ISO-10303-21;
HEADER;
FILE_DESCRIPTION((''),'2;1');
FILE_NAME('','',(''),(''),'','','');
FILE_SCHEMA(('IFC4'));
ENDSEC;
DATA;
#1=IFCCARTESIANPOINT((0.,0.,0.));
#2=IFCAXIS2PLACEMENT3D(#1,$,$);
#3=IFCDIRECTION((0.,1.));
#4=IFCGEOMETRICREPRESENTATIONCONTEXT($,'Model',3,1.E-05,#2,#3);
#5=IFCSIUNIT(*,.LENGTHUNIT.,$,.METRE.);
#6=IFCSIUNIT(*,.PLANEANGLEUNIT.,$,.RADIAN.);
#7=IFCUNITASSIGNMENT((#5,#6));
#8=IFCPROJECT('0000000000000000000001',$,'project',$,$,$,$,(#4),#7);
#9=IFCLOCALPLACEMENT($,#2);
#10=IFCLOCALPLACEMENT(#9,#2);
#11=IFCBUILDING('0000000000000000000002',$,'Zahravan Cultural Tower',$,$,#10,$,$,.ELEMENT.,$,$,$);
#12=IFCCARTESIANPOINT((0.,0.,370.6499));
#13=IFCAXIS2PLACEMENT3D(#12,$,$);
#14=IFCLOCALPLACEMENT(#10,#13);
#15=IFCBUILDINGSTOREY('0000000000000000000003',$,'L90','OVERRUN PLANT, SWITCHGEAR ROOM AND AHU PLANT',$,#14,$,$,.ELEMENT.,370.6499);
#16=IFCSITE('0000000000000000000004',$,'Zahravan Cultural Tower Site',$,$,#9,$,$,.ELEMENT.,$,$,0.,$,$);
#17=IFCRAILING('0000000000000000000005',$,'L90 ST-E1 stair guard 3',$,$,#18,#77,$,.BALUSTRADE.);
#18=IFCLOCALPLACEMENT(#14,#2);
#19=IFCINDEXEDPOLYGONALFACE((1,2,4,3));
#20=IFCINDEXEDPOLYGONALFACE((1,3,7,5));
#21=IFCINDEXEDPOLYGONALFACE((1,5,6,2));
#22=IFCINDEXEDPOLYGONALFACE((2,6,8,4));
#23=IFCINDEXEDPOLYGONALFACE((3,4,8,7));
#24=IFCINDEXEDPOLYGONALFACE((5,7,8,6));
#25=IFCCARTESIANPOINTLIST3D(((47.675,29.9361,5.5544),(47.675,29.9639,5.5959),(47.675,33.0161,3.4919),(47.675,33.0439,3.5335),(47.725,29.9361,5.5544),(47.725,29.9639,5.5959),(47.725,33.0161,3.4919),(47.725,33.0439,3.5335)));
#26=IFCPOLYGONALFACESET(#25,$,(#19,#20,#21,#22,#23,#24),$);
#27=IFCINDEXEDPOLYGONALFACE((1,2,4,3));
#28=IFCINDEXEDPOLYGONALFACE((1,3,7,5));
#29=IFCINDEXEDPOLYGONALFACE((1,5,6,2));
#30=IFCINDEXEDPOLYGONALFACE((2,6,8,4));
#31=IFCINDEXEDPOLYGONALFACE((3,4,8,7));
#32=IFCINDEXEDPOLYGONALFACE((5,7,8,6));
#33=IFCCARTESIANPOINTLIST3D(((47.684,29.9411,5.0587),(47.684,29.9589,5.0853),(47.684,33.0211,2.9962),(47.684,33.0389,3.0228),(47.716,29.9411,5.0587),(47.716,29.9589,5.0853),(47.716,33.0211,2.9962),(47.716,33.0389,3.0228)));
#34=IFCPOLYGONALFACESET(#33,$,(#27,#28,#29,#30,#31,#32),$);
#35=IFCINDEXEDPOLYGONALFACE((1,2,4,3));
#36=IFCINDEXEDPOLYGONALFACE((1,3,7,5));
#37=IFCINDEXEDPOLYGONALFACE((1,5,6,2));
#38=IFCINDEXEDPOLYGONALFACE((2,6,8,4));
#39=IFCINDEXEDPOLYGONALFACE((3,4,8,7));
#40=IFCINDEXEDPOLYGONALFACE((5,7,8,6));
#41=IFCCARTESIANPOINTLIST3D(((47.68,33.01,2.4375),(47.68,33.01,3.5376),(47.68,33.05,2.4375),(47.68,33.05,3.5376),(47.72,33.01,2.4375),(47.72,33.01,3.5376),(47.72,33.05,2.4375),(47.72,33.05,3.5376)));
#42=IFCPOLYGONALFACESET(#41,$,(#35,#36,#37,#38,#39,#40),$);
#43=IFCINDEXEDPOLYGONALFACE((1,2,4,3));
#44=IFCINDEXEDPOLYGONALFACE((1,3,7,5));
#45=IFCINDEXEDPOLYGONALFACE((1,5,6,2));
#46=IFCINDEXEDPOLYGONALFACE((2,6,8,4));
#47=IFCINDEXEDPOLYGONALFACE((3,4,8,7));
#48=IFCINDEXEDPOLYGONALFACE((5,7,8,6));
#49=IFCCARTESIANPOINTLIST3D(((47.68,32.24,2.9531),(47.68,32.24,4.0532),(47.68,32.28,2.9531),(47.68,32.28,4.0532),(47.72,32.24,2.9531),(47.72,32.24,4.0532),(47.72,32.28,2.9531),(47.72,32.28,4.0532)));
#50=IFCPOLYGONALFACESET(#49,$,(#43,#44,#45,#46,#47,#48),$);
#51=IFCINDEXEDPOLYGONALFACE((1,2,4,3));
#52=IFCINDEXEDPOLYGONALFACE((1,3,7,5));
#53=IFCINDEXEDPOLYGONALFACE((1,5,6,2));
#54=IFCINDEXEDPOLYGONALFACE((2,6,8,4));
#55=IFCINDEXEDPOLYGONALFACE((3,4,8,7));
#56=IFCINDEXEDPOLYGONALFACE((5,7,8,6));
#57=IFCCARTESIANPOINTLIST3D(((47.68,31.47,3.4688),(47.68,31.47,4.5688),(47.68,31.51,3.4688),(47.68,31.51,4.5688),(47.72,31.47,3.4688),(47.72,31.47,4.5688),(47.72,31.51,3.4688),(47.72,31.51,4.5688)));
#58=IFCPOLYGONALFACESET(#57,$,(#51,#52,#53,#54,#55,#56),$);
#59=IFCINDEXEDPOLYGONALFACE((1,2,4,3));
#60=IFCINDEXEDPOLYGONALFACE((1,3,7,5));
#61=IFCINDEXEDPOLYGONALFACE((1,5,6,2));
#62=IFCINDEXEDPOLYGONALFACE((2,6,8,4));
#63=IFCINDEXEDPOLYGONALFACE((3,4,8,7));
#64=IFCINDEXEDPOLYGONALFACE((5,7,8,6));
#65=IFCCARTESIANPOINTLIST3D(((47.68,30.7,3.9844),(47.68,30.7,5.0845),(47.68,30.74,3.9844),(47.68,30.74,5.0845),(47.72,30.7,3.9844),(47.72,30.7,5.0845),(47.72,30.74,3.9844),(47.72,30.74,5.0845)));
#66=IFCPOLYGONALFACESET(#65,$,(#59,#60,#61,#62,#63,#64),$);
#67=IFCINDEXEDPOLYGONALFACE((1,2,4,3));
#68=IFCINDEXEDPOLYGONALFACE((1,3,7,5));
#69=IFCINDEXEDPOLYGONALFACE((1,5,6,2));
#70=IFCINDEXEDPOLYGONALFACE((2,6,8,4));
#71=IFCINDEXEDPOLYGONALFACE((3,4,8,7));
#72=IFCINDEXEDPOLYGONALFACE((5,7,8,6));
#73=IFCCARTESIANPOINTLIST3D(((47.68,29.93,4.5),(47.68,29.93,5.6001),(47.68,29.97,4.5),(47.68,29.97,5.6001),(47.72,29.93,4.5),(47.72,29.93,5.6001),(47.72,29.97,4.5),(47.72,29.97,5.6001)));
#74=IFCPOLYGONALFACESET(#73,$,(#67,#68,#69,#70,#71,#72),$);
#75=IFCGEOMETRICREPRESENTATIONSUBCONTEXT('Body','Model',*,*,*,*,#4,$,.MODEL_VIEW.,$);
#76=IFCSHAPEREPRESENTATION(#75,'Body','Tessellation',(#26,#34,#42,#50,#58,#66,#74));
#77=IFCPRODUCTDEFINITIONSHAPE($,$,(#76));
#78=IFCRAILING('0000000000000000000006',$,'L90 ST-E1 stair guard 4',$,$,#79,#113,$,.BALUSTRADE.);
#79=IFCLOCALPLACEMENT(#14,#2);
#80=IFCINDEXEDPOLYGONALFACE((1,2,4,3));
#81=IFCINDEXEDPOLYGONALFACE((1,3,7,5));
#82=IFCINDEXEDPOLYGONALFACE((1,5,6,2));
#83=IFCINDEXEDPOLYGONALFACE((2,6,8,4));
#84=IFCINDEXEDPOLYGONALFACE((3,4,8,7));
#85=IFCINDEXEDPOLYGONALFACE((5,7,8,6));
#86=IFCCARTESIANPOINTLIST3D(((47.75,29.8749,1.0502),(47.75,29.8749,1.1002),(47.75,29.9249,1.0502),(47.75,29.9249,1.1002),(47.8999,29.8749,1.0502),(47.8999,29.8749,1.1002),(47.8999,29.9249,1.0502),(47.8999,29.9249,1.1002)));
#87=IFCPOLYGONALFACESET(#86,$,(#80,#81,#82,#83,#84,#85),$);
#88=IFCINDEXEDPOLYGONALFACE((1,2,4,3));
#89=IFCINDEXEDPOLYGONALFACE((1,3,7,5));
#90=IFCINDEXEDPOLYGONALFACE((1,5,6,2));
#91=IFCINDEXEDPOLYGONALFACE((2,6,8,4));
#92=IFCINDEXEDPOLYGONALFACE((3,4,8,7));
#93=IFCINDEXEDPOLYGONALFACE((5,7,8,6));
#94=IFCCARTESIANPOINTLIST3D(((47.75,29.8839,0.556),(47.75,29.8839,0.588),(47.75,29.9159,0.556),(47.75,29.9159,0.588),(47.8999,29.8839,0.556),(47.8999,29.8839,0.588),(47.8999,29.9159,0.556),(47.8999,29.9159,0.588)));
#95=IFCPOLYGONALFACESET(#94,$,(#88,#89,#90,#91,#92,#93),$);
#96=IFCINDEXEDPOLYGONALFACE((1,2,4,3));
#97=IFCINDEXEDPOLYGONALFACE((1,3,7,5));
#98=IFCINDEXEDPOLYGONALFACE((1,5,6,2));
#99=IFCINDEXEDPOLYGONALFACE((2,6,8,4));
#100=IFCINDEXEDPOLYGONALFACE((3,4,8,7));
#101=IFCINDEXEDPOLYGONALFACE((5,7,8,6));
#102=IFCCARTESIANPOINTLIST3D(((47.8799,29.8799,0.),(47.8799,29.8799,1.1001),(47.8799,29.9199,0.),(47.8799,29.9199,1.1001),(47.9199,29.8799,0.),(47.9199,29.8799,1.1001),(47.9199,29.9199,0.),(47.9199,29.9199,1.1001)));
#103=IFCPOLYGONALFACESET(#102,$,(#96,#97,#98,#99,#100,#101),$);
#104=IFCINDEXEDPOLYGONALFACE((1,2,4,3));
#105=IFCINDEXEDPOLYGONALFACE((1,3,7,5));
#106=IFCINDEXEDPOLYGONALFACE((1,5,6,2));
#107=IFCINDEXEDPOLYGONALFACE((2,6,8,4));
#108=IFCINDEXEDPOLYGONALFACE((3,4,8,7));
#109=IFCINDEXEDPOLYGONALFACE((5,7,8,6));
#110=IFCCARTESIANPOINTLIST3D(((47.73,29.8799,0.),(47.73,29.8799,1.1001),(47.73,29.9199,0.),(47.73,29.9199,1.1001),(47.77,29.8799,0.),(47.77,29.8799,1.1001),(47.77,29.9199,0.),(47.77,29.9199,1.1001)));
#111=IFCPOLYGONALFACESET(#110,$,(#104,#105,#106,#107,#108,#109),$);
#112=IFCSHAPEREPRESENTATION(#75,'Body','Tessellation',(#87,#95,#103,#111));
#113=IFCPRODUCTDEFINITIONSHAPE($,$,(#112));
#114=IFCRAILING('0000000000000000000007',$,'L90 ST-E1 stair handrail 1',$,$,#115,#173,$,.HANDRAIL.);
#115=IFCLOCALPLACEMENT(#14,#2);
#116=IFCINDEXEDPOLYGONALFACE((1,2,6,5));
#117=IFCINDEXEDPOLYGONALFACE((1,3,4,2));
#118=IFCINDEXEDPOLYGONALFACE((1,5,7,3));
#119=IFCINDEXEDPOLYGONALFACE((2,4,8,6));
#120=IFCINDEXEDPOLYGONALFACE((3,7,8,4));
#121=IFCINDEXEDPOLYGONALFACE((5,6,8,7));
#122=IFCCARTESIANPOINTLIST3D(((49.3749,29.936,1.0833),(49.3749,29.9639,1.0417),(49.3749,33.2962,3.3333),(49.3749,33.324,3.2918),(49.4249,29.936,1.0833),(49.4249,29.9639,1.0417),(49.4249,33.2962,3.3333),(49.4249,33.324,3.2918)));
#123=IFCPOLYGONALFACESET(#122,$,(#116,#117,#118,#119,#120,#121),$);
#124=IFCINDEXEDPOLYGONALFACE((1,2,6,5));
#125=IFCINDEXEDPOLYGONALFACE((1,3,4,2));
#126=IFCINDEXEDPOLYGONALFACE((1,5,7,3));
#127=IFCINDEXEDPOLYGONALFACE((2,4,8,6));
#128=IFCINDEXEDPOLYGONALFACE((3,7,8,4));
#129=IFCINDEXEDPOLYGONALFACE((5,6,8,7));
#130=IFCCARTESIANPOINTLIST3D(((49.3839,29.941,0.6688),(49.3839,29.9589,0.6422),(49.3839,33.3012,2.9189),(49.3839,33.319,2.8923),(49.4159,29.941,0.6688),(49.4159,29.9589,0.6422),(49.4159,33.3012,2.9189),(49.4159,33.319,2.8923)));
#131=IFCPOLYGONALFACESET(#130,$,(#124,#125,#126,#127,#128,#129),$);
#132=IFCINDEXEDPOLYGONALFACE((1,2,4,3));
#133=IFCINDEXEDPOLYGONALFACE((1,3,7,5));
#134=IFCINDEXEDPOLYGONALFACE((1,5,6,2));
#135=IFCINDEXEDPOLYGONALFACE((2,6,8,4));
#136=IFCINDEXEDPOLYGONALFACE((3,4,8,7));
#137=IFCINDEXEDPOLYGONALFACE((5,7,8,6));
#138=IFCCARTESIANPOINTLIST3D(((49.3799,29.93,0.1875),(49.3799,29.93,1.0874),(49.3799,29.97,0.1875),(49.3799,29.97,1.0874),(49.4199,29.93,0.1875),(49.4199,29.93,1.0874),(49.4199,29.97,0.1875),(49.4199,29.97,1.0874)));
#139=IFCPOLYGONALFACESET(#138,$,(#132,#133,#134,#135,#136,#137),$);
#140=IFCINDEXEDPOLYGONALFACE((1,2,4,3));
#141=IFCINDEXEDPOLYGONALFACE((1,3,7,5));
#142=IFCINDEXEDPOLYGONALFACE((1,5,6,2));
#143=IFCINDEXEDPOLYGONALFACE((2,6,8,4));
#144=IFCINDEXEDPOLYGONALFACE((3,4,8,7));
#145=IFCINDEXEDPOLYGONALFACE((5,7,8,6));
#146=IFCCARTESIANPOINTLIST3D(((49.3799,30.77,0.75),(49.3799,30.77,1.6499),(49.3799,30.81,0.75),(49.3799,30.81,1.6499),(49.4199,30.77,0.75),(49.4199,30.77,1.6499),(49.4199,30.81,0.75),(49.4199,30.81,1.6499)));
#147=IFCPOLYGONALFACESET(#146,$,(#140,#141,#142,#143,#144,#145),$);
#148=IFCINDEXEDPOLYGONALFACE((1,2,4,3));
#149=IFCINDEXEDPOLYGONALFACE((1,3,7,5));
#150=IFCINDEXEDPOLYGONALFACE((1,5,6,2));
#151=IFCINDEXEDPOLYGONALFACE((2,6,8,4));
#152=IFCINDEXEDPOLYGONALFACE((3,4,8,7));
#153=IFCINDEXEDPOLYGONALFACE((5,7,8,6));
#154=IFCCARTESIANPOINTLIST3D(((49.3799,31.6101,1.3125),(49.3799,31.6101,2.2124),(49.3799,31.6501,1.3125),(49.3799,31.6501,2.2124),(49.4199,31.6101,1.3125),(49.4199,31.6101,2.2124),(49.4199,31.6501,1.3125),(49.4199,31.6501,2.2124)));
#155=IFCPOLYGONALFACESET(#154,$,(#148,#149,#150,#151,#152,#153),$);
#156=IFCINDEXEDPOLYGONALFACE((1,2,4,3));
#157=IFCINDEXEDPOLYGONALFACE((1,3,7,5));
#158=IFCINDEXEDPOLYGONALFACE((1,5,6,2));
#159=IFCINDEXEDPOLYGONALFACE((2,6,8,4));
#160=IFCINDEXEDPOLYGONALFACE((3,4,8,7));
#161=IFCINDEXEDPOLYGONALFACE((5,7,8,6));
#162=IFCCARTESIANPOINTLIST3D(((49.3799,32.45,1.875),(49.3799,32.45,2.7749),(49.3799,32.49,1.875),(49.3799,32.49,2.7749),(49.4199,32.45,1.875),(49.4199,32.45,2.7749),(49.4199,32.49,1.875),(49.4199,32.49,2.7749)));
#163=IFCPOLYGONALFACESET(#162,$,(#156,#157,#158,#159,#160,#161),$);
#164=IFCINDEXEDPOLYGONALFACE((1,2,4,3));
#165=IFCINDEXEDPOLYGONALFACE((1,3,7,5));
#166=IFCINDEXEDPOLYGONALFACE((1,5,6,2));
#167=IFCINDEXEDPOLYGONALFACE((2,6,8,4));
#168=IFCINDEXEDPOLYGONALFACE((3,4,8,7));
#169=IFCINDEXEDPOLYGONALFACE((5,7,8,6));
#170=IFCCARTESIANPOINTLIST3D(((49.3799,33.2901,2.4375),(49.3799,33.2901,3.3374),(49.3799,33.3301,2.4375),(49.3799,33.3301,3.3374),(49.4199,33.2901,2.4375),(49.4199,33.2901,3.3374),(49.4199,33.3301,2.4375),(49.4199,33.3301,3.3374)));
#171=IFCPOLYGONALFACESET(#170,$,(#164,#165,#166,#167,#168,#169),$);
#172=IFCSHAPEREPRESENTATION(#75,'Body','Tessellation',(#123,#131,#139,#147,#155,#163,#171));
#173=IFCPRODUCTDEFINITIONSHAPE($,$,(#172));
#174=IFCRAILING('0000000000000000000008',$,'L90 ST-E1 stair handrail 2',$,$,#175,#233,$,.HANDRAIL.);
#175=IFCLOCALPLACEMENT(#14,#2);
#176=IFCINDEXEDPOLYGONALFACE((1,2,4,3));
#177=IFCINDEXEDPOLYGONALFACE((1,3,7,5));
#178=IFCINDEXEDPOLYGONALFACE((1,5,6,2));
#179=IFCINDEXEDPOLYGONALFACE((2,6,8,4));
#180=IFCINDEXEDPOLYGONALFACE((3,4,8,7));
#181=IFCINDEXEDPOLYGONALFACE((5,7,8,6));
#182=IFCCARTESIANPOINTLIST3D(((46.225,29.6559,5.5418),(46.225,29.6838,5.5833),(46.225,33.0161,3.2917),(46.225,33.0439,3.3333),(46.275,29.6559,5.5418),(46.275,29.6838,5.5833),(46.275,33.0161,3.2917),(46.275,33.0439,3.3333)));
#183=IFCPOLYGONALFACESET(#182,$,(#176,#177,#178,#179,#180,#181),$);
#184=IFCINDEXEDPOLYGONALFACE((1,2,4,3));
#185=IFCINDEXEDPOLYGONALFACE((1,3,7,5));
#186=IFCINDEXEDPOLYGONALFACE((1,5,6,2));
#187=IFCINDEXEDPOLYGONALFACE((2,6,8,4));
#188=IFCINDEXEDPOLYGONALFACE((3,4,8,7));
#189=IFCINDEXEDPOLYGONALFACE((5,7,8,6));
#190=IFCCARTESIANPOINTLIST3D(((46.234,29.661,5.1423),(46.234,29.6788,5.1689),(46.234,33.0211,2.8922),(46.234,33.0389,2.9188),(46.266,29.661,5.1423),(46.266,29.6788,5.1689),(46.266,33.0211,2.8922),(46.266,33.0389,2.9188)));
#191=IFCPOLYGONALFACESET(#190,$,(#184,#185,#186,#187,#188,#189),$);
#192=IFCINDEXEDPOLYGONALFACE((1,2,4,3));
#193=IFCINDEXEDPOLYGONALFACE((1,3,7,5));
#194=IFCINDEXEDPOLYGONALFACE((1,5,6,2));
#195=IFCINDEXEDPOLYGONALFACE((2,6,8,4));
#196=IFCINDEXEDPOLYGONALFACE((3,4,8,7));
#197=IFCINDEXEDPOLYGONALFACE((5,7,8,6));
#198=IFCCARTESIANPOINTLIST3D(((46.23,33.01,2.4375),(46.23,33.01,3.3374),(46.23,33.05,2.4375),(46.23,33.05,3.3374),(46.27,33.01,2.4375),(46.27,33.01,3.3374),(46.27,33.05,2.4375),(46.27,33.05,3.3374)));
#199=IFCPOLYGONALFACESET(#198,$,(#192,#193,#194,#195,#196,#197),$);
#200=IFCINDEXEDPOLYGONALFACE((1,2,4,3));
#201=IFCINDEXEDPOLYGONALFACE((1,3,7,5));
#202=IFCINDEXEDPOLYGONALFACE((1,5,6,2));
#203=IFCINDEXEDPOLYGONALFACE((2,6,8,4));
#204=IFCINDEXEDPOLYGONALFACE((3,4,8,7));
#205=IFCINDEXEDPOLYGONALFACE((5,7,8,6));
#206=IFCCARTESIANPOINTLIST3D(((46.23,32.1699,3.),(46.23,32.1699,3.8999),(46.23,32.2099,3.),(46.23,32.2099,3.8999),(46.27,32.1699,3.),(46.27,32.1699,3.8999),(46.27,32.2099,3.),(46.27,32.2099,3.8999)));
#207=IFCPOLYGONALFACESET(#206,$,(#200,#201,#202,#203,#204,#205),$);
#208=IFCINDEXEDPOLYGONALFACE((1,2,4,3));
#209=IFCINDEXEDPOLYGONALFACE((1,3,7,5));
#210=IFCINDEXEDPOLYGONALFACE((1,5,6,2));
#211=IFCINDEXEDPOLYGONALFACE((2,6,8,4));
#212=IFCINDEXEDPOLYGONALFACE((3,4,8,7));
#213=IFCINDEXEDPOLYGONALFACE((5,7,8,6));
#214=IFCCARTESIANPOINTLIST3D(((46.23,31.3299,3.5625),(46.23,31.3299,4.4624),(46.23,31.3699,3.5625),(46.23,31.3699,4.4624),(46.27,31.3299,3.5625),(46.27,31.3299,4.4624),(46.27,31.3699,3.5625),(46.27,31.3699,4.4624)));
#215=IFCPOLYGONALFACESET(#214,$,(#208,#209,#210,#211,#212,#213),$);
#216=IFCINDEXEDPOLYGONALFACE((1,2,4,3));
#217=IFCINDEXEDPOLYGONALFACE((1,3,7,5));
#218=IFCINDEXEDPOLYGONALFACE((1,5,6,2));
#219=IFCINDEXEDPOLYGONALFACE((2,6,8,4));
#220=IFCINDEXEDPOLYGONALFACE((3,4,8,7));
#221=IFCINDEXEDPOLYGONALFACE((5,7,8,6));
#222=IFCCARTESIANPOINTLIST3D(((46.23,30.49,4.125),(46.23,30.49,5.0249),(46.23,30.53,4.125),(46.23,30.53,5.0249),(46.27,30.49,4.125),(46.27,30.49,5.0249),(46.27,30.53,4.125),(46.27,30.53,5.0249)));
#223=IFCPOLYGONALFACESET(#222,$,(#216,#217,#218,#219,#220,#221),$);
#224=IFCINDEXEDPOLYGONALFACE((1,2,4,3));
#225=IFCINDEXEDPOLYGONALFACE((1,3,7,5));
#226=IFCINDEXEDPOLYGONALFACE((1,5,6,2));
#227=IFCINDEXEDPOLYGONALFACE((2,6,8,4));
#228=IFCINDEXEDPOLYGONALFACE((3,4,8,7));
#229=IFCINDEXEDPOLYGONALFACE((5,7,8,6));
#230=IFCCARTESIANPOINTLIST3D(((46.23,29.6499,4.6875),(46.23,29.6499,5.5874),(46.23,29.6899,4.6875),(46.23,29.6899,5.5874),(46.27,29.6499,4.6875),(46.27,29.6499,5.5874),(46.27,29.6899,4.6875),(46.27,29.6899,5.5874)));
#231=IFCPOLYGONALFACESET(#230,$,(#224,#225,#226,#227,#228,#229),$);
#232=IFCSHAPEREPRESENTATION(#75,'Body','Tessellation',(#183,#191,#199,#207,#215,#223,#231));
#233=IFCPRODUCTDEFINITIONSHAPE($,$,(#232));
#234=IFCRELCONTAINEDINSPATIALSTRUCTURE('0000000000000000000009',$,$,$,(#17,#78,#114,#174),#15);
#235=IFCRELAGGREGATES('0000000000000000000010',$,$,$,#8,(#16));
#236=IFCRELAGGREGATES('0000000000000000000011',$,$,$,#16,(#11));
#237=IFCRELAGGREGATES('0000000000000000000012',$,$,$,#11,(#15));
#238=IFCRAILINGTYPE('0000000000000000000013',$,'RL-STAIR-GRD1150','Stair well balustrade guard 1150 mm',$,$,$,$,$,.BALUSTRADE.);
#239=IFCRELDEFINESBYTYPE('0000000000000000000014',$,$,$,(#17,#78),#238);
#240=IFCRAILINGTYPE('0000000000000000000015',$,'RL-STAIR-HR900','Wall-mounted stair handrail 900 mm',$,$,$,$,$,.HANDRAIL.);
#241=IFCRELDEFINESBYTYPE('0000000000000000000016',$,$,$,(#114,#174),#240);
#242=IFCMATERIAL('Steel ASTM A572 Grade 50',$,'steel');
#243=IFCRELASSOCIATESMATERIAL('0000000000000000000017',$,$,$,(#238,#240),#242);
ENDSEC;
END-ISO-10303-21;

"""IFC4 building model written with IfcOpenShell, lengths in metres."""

from ifc_helpers import new_model, si_unit, direction, frame, origin, origin_2d, place, context, subcontext, project, spatial, rectangle, extrude, material, type_object, element, save


model = new_model("IFC4")

# Units and contexts
model_context = context("Model", 3, precision=1e-05, world=origin(), true_north=direction((0.0, 1.0)))
body_context = subcontext(model_context, "Body", "Model", "MODEL_VIEW")
ifc_project = project(units=[si_unit("LENGTHUNIT", "METRE"), si_unit("PLANEANGLEUNIT", "RADIAN")], contexts=[model_context])

# Site, building, storey
site_placement = place(None, origin())
site = spatial("IfcSite", under=ifc_project, at=site_placement, Name="Zahravan Cultural Tower Site", CompositionType="ELEMENT", RefElevation=0.0)
building_placement = place(site_placement, origin())
building = spatial("IfcBuilding", under=site, at=building_placement, Name="Zahravan Cultural Tower", CompositionType="ELEMENT")
storey_placement = place(building_placement, frame((0.0, 0.0, 370.6499)))
storey = spatial("IfcBuildingStorey", under=building, at=storey_placement, Name="L90", Description="OVERRUN PLANT, SWITCHGEAR ROOM AND AHU PLANT", CompositionType="ELEMENT", Elevation=370.6499)

# Shared definitions
ifc_material_1 = material(Name="Steel ASTM A572 Grade 50", Category="steel")

# Railings
railing_type_1 = type_object("IfcRailingType", Name="RL-STAIR-GRD1150", Description="Stair well balustrade guard 1150 mm", PredefinedType="BALUSTRADE", material=ifc_material_1)
railing_1_placement = place(storey_placement, frame((47.7, 33.03, 2.4375)))
element("IfcRailing", 1, at=railing_1_placement, inside=storey, type_object=railing_type_1, Name="L90 ST-E1 stair guard 3", PredefinedType="BALUSTRADE", context=body_context, shape_type="SweptSolid", body=[
    extrude(rectangle(XDim=0.05, YDim=0.05, at=origin_2d()), frame((0.0, 0.0, 1.0752), z_axis=(0.0, -0.830914, 0.556401), x_axis=(1.0, 0.0, 0.0)), (0.0, 0.0, 1.0), 3.7068),
    extrude(rectangle(XDim=0.032, YDim=0.032, at=origin_2d()), frame((0.0, 0.0, 0.572), z_axis=(0.0, -0.830914, 0.556401), x_axis=(1.0, 0.0, 0.0)), (0.0, 0.0, 1.0), 3.7068),
    extrude(rectangle(XDim=0.04, YDim=0.04, at=origin_2d()), origin(), (0.0, 0.0, 1.0), 1.1001),
    extrude(rectangle(XDim=0.04, YDim=0.04, at=origin_2d()), frame((0.0, -0.77, 0.5156)), (0.0, 0.0, 1.0), 1.1001),
    extrude(rectangle(XDim=0.04, YDim=0.04, at=origin_2d()), frame((0.0, -1.54, 1.0312)), (0.0, 0.0, 1.0), 1.1001),
    extrude(rectangle(XDim=0.04, YDim=0.04, at=origin_2d()), frame((0.0, -2.3101, 1.5469)), (0.0, 0.0, 1.0), 1.1001),
    extrude(rectangle(XDim=0.04, YDim=0.04, at=origin_2d()), frame((0.0, -3.0801, 2.0625)), (0.0, 0.0, 1.0), 1.1001),
])
railing_2_placement = place(storey_placement, frame((47.8999, 29.8999, 0.0)))
element("IfcRailing", 2, at=railing_2_placement, inside=storey, type_object=railing_type_1, Name="L90 ST-E1 stair guard 4", PredefinedType="BALUSTRADE", context=body_context, shape_type="SweptSolid", body=[
    extrude(rectangle(XDim=0.05, YDim=0.05, at=origin_2d()), frame((0.0, 0.0, 1.0752), z_axis=(-1.0, 0.0, 0.0), x_axis=(0.0, -1.0, 0.0)), (0.0, 0.0, 1.0), 0.1499),
    extrude(rectangle(XDim=0.032, YDim=0.032, at=origin_2d()), frame((0.0, 0.0, 0.572), z_axis=(-1.0, 0.0, 0.0), x_axis=(0.0, -1.0, 0.0)), (0.0, 0.0, 1.0), 0.1499),
    extrude(rectangle(XDim=0.04, YDim=0.04, at=origin_2d()), origin(), (0.0, 0.0, 1.0), 1.1001),
    extrude(rectangle(XDim=0.04, YDim=0.04, at=origin_2d()), frame((-0.1499, 0.0, 0.0)), (0.0, 0.0, 1.0), 1.1001),
])
railing_type_2 = type_object("IfcRailingType", Name="RL-STAIR-HR900", Description="Wall-mounted stair handrail 900 mm", PredefinedType="HANDRAIL", material=ifc_material_1)
railing_3_placement = place(storey_placement, frame((49.3999, 29.95, 0.1875)))
element("IfcRailing", 3, at=railing_3_placement, inside=storey, type_object=railing_type_2, Name="L90 ST-E1 stair handrail 1", PredefinedType="HANDRAIL", context=body_context, shape_type="SweptSolid", body=[
    extrude(rectangle(XDim=0.05, YDim=0.05, at=origin_2d()), frame((0.0, 0.0, 0.875), z_axis=(0.0, 0.830915, 0.556399), x_axis=(-1.0, 0.0, 0.0)), (0.0, 0.0, 1.0), 4.0439),
    extrude(rectangle(XDim=0.032, YDim=0.032, at=origin_2d()), frame((0.0, 0.0, 0.468), z_axis=(0.0, 0.830915, 0.556399), x_axis=(-1.0, 0.0, 0.0)), (0.0, 0.0, 1.0), 4.0439),
    extrude(rectangle(XDim=0.04, YDim=0.04, at=origin_2d()), origin(), (0.0, 0.0, 1.0), 0.8999),
    extrude(rectangle(XDim=0.04, YDim=0.04, at=origin_2d()), frame((0.0, 0.8401, 0.5625)), (0.0, 0.0, 1.0), 0.8999),
    extrude(rectangle(XDim=0.04, YDim=0.04, at=origin_2d()), frame((0.0, 1.6802, 1.125)), (0.0, 0.0, 1.0), 0.8999),
    extrude(rectangle(XDim=0.04, YDim=0.04, at=origin_2d()), frame((0.0, 2.52, 1.6875)), (0.0, 0.0, 1.0), 0.8999),
    extrude(rectangle(XDim=0.04, YDim=0.04, at=origin_2d()), frame((0.0, 3.3601, 2.25)), (0.0, 0.0, 1.0), 0.8999),
])
railing_4_placement = place(storey_placement, frame((46.25, 33.03, 2.4375)))
element("IfcRailing", 4, at=railing_4_placement, inside=storey, type_object=railing_type_2, Name="L90 ST-E1 stair handrail 2", PredefinedType="HANDRAIL", context=body_context, shape_type="SweptSolid", body=[
    extrude(rectangle(XDim=0.05, YDim=0.05, at=origin_2d()), frame((0.0, 0.0, 0.875), z_axis=(0.0, -0.830915, 0.556399), x_axis=(1.0, 0.0, 0.0)), (0.0, 0.0, 1.0), 4.0439),
    extrude(rectangle(XDim=0.032, YDim=0.032, at=origin_2d()), frame((0.0, 0.0, 0.468), z_axis=(0.0, -0.830915, 0.556399), x_axis=(1.0, 0.0, 0.0)), (0.0, 0.0, 1.0), 4.0439),
    extrude(rectangle(XDim=0.04, YDim=0.04, at=origin_2d()), origin(), (0.0, 0.0, 1.0), 0.8999),
    extrude(rectangle(XDim=0.04, YDim=0.04, at=origin_2d()), frame((0.0, -0.8401, 0.5625)), (0.0, 0.0, 1.0), 0.8999),
    extrude(rectangle(XDim=0.04, YDim=0.04, at=origin_2d()), frame((0.0, -1.6802, 1.125)), (0.0, 0.0, 1.0), 0.8999),
    extrude(rectangle(XDim=0.04, YDim=0.04, at=origin_2d()), frame((0.0, -2.52, 1.6875)), (0.0, 0.0, 1.0), 0.8999),
    extrude(rectangle(XDim=0.04, YDim=0.04, at=origin_2d()), frame((0.0, -3.3601, 2.25)), (0.0, 0.0, 1.0), 0.8999),
])

save(model, "model.ifc")
